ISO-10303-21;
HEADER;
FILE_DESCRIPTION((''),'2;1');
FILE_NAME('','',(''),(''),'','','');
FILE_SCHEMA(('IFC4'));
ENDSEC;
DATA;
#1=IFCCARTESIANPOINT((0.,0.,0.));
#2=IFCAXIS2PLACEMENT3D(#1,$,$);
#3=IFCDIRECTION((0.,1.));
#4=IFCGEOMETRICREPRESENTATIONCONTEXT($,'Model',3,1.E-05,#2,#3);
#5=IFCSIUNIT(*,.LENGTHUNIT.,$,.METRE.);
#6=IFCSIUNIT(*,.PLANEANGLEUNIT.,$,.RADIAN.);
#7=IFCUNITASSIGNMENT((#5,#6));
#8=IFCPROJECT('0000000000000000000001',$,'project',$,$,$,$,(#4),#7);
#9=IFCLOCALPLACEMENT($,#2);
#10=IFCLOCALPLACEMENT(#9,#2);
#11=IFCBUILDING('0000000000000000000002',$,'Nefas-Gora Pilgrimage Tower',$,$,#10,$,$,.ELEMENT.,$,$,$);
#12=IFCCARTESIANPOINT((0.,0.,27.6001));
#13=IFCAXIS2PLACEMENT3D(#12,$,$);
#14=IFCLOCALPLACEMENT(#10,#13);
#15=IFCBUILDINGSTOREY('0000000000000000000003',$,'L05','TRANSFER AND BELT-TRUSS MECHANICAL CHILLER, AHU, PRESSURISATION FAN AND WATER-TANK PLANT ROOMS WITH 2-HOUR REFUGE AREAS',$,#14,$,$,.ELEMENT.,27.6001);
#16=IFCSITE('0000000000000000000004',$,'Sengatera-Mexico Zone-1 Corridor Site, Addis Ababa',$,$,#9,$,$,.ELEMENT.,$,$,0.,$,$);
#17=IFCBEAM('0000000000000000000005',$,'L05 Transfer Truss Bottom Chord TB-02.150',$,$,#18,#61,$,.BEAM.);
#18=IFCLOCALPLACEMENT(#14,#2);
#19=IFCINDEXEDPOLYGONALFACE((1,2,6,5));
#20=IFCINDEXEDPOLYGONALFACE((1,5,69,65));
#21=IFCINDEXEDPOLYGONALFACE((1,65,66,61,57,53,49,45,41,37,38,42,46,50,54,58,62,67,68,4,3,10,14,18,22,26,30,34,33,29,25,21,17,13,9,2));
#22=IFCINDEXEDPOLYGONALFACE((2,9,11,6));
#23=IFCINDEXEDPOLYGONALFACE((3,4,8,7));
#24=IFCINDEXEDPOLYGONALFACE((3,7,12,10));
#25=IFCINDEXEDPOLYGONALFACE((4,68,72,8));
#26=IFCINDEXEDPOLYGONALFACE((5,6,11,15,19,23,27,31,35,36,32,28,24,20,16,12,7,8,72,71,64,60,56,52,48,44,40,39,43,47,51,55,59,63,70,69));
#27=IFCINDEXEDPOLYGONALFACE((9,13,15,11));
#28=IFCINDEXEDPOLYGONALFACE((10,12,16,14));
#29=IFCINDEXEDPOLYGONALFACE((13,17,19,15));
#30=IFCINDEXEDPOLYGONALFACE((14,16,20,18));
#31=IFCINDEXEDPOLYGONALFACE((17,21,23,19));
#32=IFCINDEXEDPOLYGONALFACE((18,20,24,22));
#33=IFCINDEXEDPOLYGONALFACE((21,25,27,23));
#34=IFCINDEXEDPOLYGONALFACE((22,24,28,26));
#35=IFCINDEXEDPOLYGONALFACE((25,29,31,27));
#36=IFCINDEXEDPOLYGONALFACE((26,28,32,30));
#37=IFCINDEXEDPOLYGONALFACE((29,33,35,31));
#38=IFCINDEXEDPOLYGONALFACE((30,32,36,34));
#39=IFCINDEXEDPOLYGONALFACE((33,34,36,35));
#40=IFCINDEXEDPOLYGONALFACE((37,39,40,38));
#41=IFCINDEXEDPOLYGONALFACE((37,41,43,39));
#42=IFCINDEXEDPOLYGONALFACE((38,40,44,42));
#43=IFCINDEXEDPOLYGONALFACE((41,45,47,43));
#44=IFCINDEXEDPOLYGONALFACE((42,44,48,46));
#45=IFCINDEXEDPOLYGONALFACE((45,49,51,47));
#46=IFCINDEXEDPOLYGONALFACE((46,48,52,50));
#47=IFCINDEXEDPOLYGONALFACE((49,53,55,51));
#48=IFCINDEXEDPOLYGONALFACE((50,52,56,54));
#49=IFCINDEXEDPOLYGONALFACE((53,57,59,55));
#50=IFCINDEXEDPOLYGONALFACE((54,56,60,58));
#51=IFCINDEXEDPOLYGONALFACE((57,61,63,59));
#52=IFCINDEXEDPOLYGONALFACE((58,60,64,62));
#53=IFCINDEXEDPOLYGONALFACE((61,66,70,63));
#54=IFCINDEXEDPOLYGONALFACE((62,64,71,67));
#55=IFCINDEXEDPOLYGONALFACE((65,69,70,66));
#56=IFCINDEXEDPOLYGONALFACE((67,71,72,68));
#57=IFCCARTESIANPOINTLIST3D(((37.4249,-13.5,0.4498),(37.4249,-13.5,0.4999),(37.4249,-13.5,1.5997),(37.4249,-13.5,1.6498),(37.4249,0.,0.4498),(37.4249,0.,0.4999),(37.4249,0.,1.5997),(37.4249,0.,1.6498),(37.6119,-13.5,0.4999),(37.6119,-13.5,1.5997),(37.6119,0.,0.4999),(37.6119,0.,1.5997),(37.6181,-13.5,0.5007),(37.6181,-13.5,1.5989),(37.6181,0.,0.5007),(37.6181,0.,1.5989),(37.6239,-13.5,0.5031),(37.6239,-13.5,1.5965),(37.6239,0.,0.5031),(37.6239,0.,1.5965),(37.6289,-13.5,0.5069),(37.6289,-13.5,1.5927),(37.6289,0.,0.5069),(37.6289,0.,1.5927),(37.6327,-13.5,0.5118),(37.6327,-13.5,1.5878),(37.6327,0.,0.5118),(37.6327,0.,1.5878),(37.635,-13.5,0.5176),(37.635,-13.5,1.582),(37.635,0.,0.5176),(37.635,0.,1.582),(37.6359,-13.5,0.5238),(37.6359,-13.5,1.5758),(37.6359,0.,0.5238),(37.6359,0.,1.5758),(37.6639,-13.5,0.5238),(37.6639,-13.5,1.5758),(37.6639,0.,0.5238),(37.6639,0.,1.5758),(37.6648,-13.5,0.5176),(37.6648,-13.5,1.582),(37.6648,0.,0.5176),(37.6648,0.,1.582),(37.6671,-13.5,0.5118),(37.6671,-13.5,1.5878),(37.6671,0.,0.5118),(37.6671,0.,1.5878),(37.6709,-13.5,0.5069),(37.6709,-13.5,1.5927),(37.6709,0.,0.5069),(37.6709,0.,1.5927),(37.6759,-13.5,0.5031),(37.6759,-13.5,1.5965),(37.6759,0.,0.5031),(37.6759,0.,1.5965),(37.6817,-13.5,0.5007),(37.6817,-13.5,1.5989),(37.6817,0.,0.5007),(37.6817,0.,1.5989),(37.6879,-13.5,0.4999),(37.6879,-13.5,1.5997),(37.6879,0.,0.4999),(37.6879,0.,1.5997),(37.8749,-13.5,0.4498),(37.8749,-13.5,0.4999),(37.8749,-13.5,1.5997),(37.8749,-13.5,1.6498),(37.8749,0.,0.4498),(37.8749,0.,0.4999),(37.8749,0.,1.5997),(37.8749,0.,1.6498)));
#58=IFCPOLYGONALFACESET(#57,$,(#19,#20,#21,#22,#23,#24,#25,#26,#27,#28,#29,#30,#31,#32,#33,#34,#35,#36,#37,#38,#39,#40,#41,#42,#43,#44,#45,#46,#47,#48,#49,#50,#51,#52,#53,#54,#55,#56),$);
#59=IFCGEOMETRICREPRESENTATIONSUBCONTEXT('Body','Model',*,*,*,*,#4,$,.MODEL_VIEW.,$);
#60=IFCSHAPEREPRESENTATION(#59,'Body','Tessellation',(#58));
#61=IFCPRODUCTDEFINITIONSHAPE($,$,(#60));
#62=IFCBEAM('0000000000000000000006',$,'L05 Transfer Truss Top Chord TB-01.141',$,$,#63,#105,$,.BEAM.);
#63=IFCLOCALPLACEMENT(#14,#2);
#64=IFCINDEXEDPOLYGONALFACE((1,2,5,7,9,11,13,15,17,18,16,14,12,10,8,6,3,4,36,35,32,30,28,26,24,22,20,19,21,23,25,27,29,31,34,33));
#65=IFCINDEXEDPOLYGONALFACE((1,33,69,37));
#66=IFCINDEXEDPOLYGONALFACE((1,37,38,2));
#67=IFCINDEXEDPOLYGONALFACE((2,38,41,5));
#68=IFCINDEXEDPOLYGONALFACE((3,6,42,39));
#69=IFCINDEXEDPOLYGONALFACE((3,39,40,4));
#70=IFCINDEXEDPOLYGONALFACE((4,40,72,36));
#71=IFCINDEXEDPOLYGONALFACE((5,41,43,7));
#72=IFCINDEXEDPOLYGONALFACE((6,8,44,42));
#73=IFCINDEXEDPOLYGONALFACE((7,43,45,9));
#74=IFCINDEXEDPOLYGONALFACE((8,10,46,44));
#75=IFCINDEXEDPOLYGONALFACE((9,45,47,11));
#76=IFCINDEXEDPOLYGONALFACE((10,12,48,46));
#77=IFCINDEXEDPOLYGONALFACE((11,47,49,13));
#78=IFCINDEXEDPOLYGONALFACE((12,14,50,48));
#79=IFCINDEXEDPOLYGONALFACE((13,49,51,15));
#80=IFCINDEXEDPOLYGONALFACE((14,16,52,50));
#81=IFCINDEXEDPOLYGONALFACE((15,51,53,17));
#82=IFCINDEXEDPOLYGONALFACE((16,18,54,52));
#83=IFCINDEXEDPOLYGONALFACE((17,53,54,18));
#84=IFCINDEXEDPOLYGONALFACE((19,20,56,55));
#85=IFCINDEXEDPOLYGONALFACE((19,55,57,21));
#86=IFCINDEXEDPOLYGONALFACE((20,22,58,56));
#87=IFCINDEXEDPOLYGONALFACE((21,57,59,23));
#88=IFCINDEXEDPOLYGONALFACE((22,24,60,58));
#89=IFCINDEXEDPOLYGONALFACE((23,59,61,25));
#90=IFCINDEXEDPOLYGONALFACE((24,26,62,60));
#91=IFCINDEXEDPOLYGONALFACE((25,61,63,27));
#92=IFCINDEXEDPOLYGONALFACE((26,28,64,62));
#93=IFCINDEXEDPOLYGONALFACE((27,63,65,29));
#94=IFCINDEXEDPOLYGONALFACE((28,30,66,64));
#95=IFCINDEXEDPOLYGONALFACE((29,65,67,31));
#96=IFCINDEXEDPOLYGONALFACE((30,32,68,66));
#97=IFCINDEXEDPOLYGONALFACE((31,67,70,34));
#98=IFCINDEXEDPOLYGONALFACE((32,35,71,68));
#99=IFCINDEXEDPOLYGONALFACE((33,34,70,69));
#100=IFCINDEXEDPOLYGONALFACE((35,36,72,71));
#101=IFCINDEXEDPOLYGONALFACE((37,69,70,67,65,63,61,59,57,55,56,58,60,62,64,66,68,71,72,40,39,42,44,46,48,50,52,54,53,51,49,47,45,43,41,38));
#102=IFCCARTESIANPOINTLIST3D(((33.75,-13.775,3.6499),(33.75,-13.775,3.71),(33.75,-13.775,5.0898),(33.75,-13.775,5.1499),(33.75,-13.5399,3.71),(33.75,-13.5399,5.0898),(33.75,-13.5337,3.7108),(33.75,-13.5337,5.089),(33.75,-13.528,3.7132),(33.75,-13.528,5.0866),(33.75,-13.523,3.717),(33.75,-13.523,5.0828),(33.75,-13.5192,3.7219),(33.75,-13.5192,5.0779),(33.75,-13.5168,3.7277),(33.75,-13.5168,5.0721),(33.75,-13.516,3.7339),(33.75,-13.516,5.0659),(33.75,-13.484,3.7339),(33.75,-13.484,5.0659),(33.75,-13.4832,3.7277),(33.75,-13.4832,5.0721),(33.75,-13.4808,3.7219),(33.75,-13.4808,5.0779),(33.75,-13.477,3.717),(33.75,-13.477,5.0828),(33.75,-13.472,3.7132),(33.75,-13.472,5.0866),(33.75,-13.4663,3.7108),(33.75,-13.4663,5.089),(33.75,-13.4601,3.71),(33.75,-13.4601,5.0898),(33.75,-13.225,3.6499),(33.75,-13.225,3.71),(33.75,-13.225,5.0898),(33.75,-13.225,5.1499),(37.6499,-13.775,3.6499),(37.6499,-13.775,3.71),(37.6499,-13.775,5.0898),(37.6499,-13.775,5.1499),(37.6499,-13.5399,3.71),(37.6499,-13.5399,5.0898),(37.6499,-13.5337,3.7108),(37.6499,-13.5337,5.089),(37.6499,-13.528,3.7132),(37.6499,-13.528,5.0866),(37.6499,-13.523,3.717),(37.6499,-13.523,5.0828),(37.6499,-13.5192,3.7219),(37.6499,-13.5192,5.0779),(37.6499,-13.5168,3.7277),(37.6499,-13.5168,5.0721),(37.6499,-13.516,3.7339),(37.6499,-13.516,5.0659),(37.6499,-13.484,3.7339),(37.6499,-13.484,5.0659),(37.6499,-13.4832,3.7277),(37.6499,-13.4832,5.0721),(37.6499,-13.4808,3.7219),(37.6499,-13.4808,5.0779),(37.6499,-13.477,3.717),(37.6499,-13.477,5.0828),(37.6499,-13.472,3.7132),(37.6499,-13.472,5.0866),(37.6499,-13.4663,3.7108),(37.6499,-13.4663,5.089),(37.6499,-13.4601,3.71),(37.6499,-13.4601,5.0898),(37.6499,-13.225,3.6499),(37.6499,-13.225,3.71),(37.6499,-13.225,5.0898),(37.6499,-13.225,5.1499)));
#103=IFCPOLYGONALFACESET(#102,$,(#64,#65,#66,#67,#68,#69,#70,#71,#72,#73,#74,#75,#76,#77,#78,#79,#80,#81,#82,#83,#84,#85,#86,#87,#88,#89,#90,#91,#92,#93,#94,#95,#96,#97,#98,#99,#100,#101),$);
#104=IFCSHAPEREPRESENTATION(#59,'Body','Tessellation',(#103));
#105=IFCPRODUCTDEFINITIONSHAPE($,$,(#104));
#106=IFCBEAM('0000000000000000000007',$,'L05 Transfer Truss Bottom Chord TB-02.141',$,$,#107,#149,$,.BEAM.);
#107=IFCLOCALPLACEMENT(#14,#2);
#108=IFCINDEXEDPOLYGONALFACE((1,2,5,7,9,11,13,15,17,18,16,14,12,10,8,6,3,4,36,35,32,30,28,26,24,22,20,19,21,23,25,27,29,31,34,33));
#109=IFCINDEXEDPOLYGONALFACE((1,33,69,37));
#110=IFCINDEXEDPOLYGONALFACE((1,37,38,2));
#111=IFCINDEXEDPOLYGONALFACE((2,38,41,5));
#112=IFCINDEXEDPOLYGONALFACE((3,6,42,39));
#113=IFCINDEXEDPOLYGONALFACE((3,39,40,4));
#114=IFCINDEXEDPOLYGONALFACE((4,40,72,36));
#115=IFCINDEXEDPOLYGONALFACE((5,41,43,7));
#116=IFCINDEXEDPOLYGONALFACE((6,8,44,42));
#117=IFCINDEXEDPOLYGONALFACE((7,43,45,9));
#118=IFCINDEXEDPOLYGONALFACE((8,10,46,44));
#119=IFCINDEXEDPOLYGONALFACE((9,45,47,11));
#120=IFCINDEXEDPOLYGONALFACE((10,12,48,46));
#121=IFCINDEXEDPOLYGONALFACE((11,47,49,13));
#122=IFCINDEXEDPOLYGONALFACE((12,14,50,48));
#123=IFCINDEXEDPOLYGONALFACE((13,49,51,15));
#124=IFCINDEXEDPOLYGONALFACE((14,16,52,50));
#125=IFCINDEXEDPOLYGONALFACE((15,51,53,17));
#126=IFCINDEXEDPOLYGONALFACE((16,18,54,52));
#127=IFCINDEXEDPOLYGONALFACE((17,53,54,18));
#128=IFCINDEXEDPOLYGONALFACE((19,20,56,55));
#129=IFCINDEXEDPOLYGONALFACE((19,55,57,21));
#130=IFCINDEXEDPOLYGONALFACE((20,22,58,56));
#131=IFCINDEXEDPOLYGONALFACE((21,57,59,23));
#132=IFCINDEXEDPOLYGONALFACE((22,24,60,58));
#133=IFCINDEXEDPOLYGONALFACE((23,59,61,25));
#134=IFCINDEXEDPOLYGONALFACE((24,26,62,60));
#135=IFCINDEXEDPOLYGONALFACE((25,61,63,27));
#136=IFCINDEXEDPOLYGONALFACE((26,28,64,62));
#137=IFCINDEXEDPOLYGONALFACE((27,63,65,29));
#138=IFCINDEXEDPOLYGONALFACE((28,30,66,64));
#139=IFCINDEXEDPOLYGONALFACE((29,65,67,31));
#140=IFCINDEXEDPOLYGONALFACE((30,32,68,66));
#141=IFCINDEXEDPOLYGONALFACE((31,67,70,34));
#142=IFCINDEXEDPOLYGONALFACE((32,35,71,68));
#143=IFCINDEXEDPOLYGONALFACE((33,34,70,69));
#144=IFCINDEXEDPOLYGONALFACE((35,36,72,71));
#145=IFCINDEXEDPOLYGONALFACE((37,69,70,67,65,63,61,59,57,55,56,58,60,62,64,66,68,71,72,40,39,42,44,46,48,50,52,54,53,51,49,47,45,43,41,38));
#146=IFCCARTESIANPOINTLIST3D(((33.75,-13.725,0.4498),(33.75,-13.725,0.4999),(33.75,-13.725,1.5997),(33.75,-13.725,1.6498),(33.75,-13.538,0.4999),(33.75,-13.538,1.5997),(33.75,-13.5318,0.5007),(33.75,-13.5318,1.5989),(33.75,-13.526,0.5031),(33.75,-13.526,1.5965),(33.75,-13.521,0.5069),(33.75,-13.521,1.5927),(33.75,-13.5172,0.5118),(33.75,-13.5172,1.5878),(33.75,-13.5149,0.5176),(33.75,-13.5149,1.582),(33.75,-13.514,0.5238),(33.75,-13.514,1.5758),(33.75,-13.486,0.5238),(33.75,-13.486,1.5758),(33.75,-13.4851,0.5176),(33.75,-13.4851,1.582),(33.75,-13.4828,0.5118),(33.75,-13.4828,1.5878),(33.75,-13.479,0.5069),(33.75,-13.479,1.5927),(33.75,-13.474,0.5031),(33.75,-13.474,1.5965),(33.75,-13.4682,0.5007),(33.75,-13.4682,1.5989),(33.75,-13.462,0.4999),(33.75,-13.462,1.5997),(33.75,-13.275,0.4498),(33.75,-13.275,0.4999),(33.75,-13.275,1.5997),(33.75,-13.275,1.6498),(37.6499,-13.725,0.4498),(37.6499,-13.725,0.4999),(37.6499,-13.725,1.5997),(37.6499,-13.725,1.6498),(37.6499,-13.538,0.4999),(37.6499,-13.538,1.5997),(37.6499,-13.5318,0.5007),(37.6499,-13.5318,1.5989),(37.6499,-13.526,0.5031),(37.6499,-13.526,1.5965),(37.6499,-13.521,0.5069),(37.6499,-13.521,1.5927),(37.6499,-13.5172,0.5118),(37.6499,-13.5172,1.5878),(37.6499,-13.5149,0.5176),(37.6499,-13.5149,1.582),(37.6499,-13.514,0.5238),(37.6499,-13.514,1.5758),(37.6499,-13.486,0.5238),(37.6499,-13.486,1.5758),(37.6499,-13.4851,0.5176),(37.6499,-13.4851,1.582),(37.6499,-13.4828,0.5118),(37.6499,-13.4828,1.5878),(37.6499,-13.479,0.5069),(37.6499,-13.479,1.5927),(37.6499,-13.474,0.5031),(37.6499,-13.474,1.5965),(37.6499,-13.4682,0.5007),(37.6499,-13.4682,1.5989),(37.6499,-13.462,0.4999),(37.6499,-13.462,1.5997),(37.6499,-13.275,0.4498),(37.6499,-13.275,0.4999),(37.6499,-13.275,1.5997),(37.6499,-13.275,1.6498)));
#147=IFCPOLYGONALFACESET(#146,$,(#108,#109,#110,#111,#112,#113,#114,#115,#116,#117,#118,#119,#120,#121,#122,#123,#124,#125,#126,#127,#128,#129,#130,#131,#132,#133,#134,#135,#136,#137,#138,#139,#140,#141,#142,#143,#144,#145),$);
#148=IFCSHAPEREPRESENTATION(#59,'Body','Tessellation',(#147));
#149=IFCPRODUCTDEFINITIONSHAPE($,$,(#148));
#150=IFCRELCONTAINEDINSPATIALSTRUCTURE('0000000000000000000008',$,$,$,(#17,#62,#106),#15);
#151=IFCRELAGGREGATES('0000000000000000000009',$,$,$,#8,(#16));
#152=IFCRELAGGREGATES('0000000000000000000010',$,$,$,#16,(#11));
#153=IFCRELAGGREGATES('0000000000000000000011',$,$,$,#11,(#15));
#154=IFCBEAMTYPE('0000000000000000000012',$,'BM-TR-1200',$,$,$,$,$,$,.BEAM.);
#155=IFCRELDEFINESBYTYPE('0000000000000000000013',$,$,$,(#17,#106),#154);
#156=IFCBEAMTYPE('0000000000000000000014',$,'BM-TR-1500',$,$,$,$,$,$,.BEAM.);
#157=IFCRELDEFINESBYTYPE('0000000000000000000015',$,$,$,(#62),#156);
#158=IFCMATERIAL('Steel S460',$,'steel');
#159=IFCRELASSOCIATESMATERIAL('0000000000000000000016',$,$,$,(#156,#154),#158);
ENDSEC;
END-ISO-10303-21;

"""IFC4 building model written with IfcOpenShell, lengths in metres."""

from ifc_helpers import new_model, si_unit, direction, frame, origin, origin_2d, place, context, subcontext, project, spatial, i_section, extrude, source, transform, mapped, material, material_profile, profile_set, type_object, element, save


model = new_model("IFC4")

# Units and contexts
model_context = context("Model", 3, precision=1e-05, world=origin(), true_north=direction((0.0, 1.0)))
body_context = subcontext(model_context, "Body", "Model", "MODEL_VIEW")
ifc_project = project(units=[si_unit("LENGTHUNIT", "METRE"), si_unit("PLANEANGLEUNIT", "RADIAN")], contexts=[model_context])

# Site, building, storey
site_placement = place(None, origin())
site = spatial("IfcSite", under=ifc_project, at=site_placement, Name="Sengatera-Mexico Zone-1 Corridor Site, Addis Ababa", CompositionType="ELEMENT", RefElevation=0.0)
building_placement = place(site_placement, origin())
building = spatial("IfcBuilding", under=site, at=building_placement, Name="Nefas-Gora Pilgrimage Tower", CompositionType="ELEMENT")
storey_placement = place(building_placement, frame((0.0, 0.0, 27.6001)))
storey = spatial("IfcBuildingStorey", under=building, at=storey_placement, Name="L05", Description="TRANSFER AND BELT-TRUSS MECHANICAL CHILLER, AHU, PRESSURISATION FAN AND WATER-TANK PLANT ROOMS WITH 2-HOUR REFUGE AREAS", CompositionType="ELEMENT", Elevation=27.6001)

# Shared definitions
ifc_material_1 = material(Name="Steel S460", Category="steel")

# Shared definitions
ifc_material_profile_1 = material_profile(ifc_material_1, i_section(OverallWidth=0.55, OverallDepth=1.5, WebThickness=0.032, FlangeThickness=0.0601, FilletRadius=0.0239, at=origin_2d()), Name="WPG 1500x550x32x60")
ifc_profile_set_1 = profile_set([ifc_material_profile_1], Name="Steel S460")
beam_type_1 = type_object("IfcBeamType", Name="BM-TR-1500", PredefinedType="BEAM", material=ifc_profile_set_1)
ifc_material_profile_2 = material_profile(ifc_material_1, i_section(OverallWidth=0.45, OverallDepth=1.2, WebThickness=0.0281, FlangeThickness=0.05, FilletRadius=0.0239, at=origin_2d()), Name="WPG 1200x450x28x50")
ifc_profile_set_2 = profile_set([ifc_material_profile_2], Name="Steel S460")
beam_type_2 = type_object("IfcBeamType", Name="BM-TR-1200", PredefinedType="BEAM", material=ifc_profile_set_2)

# Beams
shared_shape_1 = source(origin(), body_context, "Body", "SweptSolid", [
    extrude(i_section(OverallWidth=0.45, OverallDepth=1.2, WebThickness=0.0281, FlangeThickness=0.05, FilletRadius=0.0239, at=origin_2d()), origin(), (0.0, 0.0, 1.0), 13.5),
])
beam_1_placement = place(storey_placement, frame((37.6499, -13.5, 1.0498), z_axis=(0.0, 1.0, 0.0), x_axis=(-1.0, 0.0, 0.0)))
element("IfcBeam", 1, at=beam_1_placement, inside=storey, type_object=beam_type_2, Name="L05 Transfer Truss Bottom Chord TB-02.150", PredefinedType="BEAM", context=body_context, shape_type="MappedRepresentation", body=[
    mapped(shared_shape_1, transform((0.0, 0.0, 0.0), x_axis=(1.0, 0.0, 0.0), y_axis=(0.0, 1.0, 0.0), z_axis=(0.0, 0.0, 1.0), scale=1.0)),
])
shared_shape_2 = source(origin(), body_context, "Body", "SweptSolid", [
    extrude(i_section(OverallWidth=0.55, OverallDepth=1.5, WebThickness=0.032, FlangeThickness=0.0601, FilletRadius=0.0239, at=origin_2d()), origin(), (0.0, 0.0, 1.0), 3.8999),
])
beam_2_placement = place(storey_placement, frame((33.75, -13.5, 4.3999), z_axis=(1.0, 0.0, 0.0), x_axis=(0.0, 1.0, 0.0)))
element("IfcBeam", 2, at=beam_2_placement, inside=storey, type_object=beam_type_1, Name="L05 Transfer Truss Top Chord TB-01.141", PredefinedType="BEAM", context=body_context, shape_type="MappedRepresentation", body=[
    mapped(shared_shape_2, transform((0.0, 0.0, 0.0), x_axis=(1.0, 0.0, 0.0), y_axis=(0.0, 1.0, 0.0), z_axis=(0.0, 0.0, 1.0), scale=1.0)),
])
shared_shape_3 = source(origin(), body_context, "Body", "SweptSolid", [
    extrude(i_section(OverallWidth=0.45, OverallDepth=1.2, WebThickness=0.0281, FlangeThickness=0.05, FilletRadius=0.0239, at=origin_2d()), origin(), (0.0, 0.0, 1.0), 3.8999),
])
beam_3_placement = place(storey_placement, frame((33.75, -13.5, 1.0498), z_axis=(1.0, 0.0, 0.0), x_axis=(0.0, 1.0, 0.0)))
element("IfcBeam", 3, at=beam_3_placement, inside=storey, type_object=beam_type_2, Name="L05 Transfer Truss Bottom Chord TB-02.141", PredefinedType="BEAM", context=body_context, shape_type="MappedRepresentation", body=[
    mapped(shared_shape_3, transform((0.0, 0.0, 0.0), x_axis=(1.0, 0.0, 0.0), y_axis=(0.0, 1.0, 0.0), z_axis=(0.0, 0.0, 1.0), scale=1.0)),
])

save(model, "model.ifc")
